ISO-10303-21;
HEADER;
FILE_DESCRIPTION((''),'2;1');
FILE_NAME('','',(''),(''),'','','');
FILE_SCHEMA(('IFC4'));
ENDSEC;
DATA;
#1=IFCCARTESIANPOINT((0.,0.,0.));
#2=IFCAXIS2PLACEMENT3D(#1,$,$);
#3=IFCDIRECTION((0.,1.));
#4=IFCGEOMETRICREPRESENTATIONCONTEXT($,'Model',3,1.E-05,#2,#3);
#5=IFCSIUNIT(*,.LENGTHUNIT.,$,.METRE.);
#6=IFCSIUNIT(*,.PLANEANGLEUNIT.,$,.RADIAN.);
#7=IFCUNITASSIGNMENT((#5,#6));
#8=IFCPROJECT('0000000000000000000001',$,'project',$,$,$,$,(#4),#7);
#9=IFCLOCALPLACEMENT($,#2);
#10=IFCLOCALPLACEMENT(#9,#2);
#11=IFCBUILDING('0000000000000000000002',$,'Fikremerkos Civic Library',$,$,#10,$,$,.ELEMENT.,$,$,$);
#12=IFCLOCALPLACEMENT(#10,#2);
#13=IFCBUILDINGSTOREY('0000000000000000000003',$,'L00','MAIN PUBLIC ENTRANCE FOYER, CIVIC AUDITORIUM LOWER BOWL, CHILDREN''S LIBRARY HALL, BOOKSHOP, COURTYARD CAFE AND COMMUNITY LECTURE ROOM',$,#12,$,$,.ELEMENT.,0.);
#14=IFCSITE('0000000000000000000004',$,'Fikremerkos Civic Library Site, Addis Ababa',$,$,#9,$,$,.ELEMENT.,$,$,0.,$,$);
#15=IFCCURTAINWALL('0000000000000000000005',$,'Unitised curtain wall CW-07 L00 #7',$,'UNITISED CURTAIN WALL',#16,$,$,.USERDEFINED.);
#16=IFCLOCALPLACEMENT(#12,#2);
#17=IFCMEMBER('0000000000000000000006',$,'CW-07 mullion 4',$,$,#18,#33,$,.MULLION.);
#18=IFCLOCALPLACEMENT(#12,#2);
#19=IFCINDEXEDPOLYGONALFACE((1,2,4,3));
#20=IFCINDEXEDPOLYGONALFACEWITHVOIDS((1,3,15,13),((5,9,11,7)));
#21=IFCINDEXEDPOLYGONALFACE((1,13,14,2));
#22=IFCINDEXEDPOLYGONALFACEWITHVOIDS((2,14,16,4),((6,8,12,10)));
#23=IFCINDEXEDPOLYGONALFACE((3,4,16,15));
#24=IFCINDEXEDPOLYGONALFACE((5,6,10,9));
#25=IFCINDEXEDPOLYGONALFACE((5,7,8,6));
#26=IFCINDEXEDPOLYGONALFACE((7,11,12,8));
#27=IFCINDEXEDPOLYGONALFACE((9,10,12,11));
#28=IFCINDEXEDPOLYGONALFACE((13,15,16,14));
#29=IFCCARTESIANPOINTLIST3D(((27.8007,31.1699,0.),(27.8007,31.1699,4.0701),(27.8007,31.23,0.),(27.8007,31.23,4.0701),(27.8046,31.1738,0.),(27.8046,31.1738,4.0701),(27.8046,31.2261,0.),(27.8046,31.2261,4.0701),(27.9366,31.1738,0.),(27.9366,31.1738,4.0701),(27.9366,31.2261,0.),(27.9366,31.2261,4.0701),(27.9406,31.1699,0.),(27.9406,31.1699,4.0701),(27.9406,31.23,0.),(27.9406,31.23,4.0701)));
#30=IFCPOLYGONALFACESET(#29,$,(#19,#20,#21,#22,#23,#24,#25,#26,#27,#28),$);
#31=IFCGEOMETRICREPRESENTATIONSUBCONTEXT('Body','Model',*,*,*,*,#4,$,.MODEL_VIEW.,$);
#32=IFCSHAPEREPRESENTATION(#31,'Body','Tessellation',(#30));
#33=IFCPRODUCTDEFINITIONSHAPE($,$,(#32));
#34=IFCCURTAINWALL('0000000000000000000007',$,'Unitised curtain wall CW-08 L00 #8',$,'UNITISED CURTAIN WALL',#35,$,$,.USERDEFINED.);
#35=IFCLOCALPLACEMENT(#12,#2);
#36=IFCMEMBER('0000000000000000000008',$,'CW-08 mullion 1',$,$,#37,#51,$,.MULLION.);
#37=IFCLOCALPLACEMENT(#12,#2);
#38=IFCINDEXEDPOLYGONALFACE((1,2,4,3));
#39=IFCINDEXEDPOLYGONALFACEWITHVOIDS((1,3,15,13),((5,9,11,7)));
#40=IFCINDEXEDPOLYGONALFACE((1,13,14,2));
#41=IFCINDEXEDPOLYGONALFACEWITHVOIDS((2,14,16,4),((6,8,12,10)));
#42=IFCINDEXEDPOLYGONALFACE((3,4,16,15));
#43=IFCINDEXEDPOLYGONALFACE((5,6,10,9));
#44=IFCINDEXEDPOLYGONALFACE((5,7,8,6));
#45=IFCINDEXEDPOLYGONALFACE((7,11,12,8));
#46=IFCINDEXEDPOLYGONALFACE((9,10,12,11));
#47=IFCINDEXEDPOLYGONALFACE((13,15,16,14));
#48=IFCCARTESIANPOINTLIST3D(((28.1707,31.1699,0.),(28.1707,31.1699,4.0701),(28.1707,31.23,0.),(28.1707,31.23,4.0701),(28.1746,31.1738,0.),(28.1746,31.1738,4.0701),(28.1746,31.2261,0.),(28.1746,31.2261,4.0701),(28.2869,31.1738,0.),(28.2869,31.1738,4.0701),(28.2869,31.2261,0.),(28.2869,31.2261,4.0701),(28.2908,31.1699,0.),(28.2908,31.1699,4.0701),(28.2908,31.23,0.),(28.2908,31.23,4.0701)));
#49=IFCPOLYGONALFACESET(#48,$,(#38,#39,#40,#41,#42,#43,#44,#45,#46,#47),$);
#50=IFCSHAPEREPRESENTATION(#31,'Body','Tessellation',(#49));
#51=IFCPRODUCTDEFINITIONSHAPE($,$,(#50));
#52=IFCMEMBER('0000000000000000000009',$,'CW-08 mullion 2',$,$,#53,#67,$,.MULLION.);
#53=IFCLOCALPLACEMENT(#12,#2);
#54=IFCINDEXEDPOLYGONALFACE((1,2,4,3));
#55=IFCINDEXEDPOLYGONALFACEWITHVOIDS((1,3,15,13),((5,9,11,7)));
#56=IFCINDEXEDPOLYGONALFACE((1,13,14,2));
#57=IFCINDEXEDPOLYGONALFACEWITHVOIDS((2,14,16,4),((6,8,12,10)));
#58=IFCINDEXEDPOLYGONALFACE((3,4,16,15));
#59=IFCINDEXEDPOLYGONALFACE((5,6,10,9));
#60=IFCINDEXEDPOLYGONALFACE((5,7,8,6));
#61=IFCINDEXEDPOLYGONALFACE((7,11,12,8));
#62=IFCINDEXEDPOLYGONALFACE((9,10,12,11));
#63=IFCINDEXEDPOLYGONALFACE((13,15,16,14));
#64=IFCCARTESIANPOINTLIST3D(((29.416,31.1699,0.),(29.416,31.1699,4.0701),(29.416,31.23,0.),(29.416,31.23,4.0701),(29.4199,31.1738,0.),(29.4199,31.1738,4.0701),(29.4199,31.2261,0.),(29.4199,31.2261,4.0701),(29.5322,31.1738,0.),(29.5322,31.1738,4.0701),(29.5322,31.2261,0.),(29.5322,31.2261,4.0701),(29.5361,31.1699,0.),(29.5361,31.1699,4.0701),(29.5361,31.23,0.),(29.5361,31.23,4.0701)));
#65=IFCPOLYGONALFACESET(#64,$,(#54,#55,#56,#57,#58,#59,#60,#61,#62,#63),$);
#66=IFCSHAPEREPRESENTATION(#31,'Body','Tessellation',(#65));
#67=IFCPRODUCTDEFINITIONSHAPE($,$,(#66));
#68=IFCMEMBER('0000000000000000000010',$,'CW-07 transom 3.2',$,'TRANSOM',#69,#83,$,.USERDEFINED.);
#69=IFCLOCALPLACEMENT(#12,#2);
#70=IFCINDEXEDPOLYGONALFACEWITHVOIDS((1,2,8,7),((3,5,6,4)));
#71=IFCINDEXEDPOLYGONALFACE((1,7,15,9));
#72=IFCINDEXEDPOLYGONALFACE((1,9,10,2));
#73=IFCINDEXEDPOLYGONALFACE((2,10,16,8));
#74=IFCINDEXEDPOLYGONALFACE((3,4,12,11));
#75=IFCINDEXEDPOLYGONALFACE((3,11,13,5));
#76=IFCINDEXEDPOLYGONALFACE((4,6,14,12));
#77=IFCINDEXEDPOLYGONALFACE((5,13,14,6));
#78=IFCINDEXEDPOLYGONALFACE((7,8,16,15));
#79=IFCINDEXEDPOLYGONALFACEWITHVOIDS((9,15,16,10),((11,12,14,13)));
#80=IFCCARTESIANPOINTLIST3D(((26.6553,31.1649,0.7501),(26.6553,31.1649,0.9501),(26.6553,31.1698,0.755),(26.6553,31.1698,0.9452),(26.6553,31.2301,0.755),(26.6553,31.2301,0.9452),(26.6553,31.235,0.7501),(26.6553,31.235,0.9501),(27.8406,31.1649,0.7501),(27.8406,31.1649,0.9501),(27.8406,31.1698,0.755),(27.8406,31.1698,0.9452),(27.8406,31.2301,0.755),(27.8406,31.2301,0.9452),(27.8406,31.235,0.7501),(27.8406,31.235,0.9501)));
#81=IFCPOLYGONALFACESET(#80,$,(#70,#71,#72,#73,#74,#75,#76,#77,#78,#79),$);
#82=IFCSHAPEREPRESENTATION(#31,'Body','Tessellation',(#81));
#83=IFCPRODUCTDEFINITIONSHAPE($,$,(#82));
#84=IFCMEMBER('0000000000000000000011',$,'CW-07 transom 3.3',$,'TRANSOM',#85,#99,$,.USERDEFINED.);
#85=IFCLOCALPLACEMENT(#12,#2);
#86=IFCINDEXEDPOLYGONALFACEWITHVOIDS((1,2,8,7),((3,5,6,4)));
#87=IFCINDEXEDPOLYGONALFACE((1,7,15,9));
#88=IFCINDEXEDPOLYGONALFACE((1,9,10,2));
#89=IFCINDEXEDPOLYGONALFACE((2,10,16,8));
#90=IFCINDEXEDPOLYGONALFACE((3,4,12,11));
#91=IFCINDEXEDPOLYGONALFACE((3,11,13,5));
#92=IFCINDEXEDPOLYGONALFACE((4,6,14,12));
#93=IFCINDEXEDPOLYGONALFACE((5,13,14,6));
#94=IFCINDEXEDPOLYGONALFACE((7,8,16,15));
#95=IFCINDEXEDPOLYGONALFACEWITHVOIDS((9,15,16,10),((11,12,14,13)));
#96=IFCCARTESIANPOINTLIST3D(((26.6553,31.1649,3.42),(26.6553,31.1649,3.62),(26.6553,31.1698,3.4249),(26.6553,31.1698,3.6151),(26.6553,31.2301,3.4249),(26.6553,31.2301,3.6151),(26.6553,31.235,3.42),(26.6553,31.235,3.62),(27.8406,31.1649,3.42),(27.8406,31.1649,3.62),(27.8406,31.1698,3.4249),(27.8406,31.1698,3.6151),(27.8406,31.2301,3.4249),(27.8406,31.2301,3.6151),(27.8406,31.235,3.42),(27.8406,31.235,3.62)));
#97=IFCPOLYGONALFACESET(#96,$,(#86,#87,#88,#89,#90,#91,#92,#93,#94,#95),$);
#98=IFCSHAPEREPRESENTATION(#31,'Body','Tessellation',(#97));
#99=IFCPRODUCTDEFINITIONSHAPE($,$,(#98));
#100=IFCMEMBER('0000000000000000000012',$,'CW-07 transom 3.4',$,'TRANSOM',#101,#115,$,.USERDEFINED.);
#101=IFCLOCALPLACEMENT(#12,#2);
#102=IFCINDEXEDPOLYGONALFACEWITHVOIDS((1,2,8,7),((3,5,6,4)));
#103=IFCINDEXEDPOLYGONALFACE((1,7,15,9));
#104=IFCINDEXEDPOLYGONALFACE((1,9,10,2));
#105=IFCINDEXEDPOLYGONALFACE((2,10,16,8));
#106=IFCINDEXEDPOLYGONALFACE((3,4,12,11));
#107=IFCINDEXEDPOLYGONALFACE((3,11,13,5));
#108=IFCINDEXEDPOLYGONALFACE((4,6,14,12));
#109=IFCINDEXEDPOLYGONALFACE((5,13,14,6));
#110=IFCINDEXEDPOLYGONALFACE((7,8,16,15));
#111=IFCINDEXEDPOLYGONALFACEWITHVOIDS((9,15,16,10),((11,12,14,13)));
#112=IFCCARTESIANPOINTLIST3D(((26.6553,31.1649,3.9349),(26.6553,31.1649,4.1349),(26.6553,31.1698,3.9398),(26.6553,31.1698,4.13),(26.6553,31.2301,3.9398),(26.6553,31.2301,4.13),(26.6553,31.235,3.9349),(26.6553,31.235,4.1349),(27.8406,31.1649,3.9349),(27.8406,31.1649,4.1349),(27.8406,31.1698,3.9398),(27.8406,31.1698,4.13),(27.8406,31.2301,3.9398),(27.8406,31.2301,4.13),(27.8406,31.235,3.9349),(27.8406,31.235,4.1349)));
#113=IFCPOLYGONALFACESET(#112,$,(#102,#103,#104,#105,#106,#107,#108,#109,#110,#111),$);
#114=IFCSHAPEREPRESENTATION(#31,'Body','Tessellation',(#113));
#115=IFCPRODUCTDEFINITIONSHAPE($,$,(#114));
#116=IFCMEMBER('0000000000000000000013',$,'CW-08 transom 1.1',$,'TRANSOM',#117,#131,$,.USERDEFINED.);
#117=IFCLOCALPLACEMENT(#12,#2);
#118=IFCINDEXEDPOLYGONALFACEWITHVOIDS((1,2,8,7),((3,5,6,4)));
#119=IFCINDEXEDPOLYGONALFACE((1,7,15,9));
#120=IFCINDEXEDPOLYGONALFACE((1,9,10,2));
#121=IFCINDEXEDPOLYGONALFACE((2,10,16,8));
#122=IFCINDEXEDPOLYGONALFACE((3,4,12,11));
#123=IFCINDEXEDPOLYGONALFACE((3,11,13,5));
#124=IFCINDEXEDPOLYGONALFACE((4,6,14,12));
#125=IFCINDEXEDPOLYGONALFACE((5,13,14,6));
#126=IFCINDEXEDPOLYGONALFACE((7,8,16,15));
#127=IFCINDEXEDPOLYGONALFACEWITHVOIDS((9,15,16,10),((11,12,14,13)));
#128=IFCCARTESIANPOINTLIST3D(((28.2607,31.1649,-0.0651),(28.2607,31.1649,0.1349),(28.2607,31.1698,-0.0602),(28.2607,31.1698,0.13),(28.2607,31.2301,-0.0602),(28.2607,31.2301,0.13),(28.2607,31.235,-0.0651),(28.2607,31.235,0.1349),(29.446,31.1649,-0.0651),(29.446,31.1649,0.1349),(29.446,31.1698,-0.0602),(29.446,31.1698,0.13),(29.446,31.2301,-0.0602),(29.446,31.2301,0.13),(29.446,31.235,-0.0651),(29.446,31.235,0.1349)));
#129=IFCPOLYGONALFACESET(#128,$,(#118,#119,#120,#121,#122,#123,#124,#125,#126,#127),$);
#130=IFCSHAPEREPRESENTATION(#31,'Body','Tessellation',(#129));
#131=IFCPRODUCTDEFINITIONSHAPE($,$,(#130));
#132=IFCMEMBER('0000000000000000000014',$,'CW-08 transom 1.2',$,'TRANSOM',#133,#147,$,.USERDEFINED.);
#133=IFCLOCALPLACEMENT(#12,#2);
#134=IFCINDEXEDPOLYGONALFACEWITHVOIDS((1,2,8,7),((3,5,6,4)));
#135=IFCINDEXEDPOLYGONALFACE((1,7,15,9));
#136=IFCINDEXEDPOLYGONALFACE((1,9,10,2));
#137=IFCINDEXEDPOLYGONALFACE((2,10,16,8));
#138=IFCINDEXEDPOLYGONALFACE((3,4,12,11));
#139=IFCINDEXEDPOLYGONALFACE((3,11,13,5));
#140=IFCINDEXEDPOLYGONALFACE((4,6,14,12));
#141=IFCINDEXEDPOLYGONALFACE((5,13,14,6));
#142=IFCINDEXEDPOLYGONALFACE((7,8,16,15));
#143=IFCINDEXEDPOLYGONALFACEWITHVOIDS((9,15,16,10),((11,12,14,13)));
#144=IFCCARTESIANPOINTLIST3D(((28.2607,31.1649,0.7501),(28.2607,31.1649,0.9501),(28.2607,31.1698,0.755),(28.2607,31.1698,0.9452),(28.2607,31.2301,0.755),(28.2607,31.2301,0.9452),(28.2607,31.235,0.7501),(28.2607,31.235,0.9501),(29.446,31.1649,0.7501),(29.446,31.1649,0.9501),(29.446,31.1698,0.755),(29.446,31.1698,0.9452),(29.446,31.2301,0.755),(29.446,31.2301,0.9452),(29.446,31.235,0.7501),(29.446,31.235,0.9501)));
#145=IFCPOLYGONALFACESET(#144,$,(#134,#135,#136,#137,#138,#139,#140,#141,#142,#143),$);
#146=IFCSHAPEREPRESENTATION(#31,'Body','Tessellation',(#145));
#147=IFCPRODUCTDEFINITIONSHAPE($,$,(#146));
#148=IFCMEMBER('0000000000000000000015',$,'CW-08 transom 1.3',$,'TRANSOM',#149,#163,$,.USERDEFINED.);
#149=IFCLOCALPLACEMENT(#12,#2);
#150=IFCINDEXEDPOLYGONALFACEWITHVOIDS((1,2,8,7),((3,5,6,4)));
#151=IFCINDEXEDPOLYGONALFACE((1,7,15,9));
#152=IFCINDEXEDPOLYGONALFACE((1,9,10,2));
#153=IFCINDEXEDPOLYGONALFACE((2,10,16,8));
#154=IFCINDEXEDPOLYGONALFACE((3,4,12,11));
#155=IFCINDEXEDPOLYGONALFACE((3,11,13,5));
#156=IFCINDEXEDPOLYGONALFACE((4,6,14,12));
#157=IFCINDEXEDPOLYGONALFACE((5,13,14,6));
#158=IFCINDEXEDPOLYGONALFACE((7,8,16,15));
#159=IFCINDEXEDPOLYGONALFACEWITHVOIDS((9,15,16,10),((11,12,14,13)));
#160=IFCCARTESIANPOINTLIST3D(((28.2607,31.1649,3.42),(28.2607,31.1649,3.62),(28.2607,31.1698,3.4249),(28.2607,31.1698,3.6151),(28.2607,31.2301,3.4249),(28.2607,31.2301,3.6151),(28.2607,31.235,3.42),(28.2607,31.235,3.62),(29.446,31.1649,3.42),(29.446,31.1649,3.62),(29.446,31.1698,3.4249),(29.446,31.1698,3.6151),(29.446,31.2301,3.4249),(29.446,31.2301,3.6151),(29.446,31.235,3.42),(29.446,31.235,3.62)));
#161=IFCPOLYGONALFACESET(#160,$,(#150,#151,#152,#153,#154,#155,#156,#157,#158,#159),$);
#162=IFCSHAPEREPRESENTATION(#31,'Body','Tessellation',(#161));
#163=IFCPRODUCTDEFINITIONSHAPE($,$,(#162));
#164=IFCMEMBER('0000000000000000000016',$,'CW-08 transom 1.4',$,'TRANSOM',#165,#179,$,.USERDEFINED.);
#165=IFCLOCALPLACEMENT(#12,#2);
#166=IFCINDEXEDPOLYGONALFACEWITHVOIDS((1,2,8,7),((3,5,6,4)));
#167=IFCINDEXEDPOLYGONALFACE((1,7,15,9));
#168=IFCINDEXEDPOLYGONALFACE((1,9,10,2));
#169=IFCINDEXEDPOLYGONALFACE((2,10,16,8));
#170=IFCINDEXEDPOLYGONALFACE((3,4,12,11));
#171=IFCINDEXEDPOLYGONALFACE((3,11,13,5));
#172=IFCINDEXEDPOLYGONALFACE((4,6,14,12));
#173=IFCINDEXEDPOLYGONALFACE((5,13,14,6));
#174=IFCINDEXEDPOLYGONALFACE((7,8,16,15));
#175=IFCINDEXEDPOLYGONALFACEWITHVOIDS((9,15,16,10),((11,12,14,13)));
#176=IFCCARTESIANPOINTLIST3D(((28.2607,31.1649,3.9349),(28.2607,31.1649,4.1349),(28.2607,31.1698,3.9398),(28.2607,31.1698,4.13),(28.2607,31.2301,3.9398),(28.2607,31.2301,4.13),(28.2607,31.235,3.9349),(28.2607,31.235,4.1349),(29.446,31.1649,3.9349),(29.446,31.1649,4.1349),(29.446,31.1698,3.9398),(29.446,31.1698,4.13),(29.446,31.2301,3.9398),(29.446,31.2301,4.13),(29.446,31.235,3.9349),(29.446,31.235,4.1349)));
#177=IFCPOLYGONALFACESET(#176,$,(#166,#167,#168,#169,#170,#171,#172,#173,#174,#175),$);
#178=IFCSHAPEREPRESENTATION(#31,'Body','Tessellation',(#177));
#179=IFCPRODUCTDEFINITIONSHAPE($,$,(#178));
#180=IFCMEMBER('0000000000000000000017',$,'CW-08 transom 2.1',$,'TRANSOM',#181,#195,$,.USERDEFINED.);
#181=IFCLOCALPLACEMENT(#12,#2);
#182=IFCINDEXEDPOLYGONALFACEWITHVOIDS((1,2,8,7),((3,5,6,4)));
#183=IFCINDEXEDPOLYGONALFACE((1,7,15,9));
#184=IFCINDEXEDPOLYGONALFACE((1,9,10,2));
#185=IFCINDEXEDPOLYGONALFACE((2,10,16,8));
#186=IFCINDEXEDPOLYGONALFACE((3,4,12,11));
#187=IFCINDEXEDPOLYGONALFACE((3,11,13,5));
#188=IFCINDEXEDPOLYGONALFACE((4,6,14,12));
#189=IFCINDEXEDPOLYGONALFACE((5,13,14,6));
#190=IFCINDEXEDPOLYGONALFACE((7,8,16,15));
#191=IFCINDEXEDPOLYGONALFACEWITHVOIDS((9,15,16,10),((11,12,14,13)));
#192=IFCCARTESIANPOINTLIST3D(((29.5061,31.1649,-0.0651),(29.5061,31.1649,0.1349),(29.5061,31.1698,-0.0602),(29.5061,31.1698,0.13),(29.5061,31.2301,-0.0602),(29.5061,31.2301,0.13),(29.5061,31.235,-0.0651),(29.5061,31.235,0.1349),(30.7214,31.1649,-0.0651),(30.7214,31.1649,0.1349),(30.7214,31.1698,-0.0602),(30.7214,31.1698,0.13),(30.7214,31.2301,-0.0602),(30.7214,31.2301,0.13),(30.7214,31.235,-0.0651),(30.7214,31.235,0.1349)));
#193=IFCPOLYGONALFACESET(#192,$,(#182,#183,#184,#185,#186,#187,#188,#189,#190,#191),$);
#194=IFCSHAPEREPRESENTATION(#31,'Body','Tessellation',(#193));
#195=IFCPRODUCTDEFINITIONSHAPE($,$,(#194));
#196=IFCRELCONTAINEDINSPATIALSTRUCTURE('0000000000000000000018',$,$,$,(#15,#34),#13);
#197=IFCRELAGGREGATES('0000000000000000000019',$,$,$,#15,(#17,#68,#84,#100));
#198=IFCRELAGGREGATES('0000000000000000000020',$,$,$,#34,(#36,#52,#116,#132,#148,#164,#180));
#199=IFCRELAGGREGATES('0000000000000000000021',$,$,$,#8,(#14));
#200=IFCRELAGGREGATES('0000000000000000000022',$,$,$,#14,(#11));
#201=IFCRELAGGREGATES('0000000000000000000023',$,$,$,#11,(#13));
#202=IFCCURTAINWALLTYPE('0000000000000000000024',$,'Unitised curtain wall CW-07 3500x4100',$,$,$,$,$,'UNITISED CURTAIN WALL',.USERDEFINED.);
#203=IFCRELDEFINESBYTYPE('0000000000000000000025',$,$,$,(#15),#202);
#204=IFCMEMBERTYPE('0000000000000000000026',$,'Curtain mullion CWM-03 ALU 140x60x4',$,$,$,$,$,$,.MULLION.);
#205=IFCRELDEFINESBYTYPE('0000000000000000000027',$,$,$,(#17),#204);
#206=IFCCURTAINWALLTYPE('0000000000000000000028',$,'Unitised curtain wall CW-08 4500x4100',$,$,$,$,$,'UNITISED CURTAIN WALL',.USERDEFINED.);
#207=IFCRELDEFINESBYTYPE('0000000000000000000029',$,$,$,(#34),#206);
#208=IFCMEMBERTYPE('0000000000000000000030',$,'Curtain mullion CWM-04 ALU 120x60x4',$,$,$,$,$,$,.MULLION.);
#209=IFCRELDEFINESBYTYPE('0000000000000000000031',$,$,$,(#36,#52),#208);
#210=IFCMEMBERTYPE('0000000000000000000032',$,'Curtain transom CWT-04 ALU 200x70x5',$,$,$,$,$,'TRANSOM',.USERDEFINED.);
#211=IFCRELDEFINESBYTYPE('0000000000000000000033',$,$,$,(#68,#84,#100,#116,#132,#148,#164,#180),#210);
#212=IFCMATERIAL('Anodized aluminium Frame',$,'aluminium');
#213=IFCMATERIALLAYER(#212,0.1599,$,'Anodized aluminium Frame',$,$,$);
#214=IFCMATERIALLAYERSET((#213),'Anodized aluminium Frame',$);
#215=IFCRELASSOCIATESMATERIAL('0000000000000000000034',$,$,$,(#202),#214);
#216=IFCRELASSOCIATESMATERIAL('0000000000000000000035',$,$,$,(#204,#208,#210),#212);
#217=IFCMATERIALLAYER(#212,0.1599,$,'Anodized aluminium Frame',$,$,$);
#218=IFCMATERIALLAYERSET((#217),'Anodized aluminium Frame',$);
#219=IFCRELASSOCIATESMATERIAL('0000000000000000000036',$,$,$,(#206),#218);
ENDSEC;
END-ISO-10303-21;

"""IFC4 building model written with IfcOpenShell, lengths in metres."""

from ifc_helpers import new_model, si_unit, direction, frame, origin, origin_2d, place, context, subcontext, project, spatial, hollow_rectangle, extrude, material, layer, layer_set, material_profile, profile_set, type_object, element, aggregate, save


model = new_model("IFC4")

# Units and contexts
model_context = context("Model", 3, precision=1e-05, world=origin(), true_north=direction((0.0, 1.0)))
body_context = subcontext(model_context, "Body", "Model", "MODEL_VIEW")
ifc_project = project(units=[si_unit("LENGTHUNIT", "METRE"), si_unit("PLANEANGLEUNIT", "RADIAN")], contexts=[model_context])

# Site, building, storey
site_placement = place(None, origin())
site = spatial("IfcSite", under=ifc_project, at=site_placement, Name="Fikremerkos Civic Library Site, Addis Ababa", CompositionType="ELEMENT", RefElevation=0.0)
building_placement = place(site_placement, origin())
building = spatial("IfcBuilding", under=site, at=building_placement, Name="Fikremerkos Civic Library", CompositionType="ELEMENT")
storey_placement = place(building_placement, origin())
storey = spatial("IfcBuildingStorey", under=building, at=storey_placement, Name="L00", Description="MAIN PUBLIC ENTRANCE FOYER, CIVIC AUDITORIUM LOWER BOWL, CHILDREN'S LIBRARY HALL, BOOKSHOP, COURTYARD CAFE AND COMMUNITY LECTURE ROOM", CompositionType="ELEMENT", Elevation=0.0)

# Curtain wall, member
ifc_material_1 = material(Name="Anodized aluminium Frame", Category="aluminium")
ifc_layer_1 = layer(ifc_material_1, 0.1599, Name="Anodized aluminium Frame")
ifc_layer_set_1 = layer_set([ifc_layer_1], Name="Anodized aluminium Frame")
curtain_wall_type_1 = type_object("IfcCurtainWallType", Name="Unitised curtain wall CW-07 3500x4100", ElementType="UNITISED CURTAIN WALL", PredefinedType="USERDEFINED", material=ifc_layer_set_1)
curtain_wall_1_placement = place(storey_placement, origin())
curtain_wall_1 = element("IfcCurtainWall", 1, at=curtain_wall_1_placement, inside=storey, type_object=curtain_wall_type_1, Name="Unitised curtain wall CW-07 L00 #7", ObjectType="UNITISED CURTAIN WALL", PredefinedType="USERDEFINED")
ifc_material_profile_1 = material_profile(ifc_material_1, hollow_rectangle(XDim=0.0601, YDim=0.1399, WallThickness=0.0039, at=origin_2d()), Name="ALU 140x60x4")
ifc_profile_set_1 = profile_set([ifc_material_profile_1], Name="Anodized aluminium Frame")
member_type_1 = type_object("IfcMemberType", Name="Curtain mullion CWM-03 ALU 140x60x4", PredefinedType="MULLION", material=ifc_profile_set_1)
member_1_placement = place(storey_placement, frame((27.8706, 31.2, 0.0), z_axis=(0.0, 0.0, 1.0), x_axis=(0.0, 1.0, 0.0)))
member_1 = element("IfcMember", 2, at=member_1_placement, type_object=member_type_1, Name="CW-07 mullion 4", PredefinedType="MULLION", context=body_context, shape_type="SweptSolid", body=[
    extrude(hollow_rectangle(XDim=0.0601, YDim=0.1399, WallThickness=0.0039, at=origin_2d()), origin(), (0.0, 0.0, 1.0), 4.0701),
])

# Curtain wall, members
ifc_layer_2 = layer(ifc_material_1, 0.1599, Name="Anodized aluminium Frame")
ifc_layer_set_2 = layer_set([ifc_layer_2], Name="Anodized aluminium Frame")
curtain_wall_type_2 = type_object("IfcCurtainWallType", Name="Unitised curtain wall CW-08 4500x4100", ElementType="UNITISED CURTAIN WALL", PredefinedType="USERDEFINED", material=ifc_layer_set_2)
curtain_wall_2_placement = place(storey_placement, origin())
curtain_wall_2 = element("IfcCurtainWall", 3, at=curtain_wall_2_placement, inside=storey, type_object=curtain_wall_type_2, Name="Unitised curtain wall CW-08 L00 #8", ObjectType="UNITISED CURTAIN WALL", PredefinedType="USERDEFINED")
ifc_material_profile_2 = material_profile(ifc_material_1, hollow_rectangle(XDim=0.0601, YDim=0.1201, WallThickness=0.0039, at=origin_2d()), Name="ALU 120x60x4")
ifc_profile_set_2 = profile_set([ifc_material_profile_2], Name="Anodized aluminium Frame")
member_type_2 = type_object("IfcMemberType", Name="Curtain mullion CWM-04 ALU 120x60x4", PredefinedType="MULLION", material=ifc_profile_set_2)
member_2_placement = place(storey_placement, frame((28.2307, 31.2, 0.0), z_axis=(0.0, 0.0, 1.0), x_axis=(0.0, 1.0, 0.0)))
member_2 = element("IfcMember", 4, at=member_2_placement, type_object=member_type_2, Name="CW-08 mullion 1", PredefinedType="MULLION", context=body_context, shape_type="SweptSolid", body=[
    extrude(hollow_rectangle(XDim=0.0601, YDim=0.1201, WallThickness=0.0039, at=origin_2d()), origin(), (0.0, 0.0, 1.0), 4.0701),
])
member_3_placement = place(storey_placement, frame((29.4761, 31.2, 0.0), z_axis=(0.0, 0.0, 1.0), x_axis=(0.0, 1.0, 0.0)))
member_3 = element("IfcMember", 5, at=member_3_placement, type_object=member_type_2, Name="CW-08 mullion 2", PredefinedType="MULLION", context=body_context, shape_type="SweptSolid", body=[
    extrude(hollow_rectangle(XDim=0.0601, YDim=0.1201, WallThickness=0.0039, at=origin_2d()), origin(), (0.0, 0.0, 1.0), 4.0701),
])

# Members
ifc_material_profile_3 = material_profile(ifc_material_1, hollow_rectangle(XDim=0.0701, YDim=0.2, WallThickness=0.0049, at=origin_2d()), Name="ALU 200x70x5")
ifc_profile_set_3 = profile_set([ifc_material_profile_3], Name="Anodized aluminium Frame")
member_type_3 = type_object("IfcMemberType", Name="Curtain transom CWT-04 ALU 200x70x5", ElementType="TRANSOM", PredefinedType="USERDEFINED", material=ifc_profile_set_3)
member_4_placement = place(storey_placement, frame((26.6553, 31.2, 0.8501), z_axis=(1.0, 0.0, 0.0), x_axis=(0.0, 1.0, 0.0)))
member_4 = element("IfcMember", 6, at=member_4_placement, type_object=member_type_3, Name="CW-07 transom 3.2", ObjectType="TRANSOM", PredefinedType="USERDEFINED", context=body_context, shape_type="SweptSolid", body=[
    extrude(hollow_rectangle(XDim=0.0701, YDim=0.2, WallThickness=0.0049, at=origin_2d()), origin(), (0.0, 0.0, 1.0), 1.1853),
])
member_5_placement = place(storey_placement, frame((26.6553, 31.2, 3.52), z_axis=(1.0, 0.0, 0.0), x_axis=(0.0, 1.0, 0.0)))
member_5 = element("IfcMember", 7, at=member_5_placement, type_object=member_type_3, Name="CW-07 transom 3.3", ObjectType="TRANSOM", PredefinedType="USERDEFINED", context=body_context, shape_type="SweptSolid", body=[
    extrude(hollow_rectangle(XDim=0.0701, YDim=0.2, WallThickness=0.0049, at=origin_2d()), origin(), (0.0, 0.0, 1.0), 1.1853),
])
member_6_placement = place(storey_placement, frame((26.6553, 31.2, 4.0349), z_axis=(1.0, 0.0, 0.0), x_axis=(0.0, 1.0, 0.0)))
member_6 = element("IfcMember", 8, at=member_6_placement, type_object=member_type_3, Name="CW-07 transom 3.4", ObjectType="TRANSOM", PredefinedType="USERDEFINED", context=body_context, shape_type="SweptSolid", body=[
    extrude(hollow_rectangle(XDim=0.0701, YDim=0.2, WallThickness=0.0049, at=origin_2d()), origin(), (0.0, 0.0, 1.0), 1.1853),
])
member_7_placement = place(storey_placement, frame((28.2607, 31.2, 0.0349), z_axis=(1.0, 0.0, 0.0), x_axis=(0.0, 1.0, 0.0)))
member_7 = element("IfcMember", 9, at=member_7_placement, type_object=member_type_3, Name="CW-08 transom 1.1", ObjectType="TRANSOM", PredefinedType="USERDEFINED", context=body_context, shape_type="SweptSolid", body=[
    extrude(hollow_rectangle(XDim=0.0701, YDim=0.2, WallThickness=0.0049, at=origin_2d()), origin(), (0.0, 0.0, 1.0), 1.1853),
])
member_8_placement = place(storey_placement, frame((28.2607, 31.2, 0.8501), z_axis=(1.0, 0.0, 0.0), x_axis=(0.0, 1.0, 0.0)))
member_8 = element("IfcMember", 10, at=member_8_placement, type_object=member_type_3, Name="CW-08 transom 1.2", ObjectType="TRANSOM", PredefinedType="USERDEFINED", context=body_context, shape_type="SweptSolid", body=[
    extrude(hollow_rectangle(XDim=0.0701, YDim=0.2, WallThickness=0.0049, at=origin_2d()), origin(), (0.0, 0.0, 1.0), 1.1853),
])
member_9_placement = place(storey_placement, frame((28.2607, 31.2, 3.52), z_axis=(1.0, 0.0, 0.0), x_axis=(0.0, 1.0, 0.0)))
member_9 = element("IfcMember", 11, at=member_9_placement, type_object=member_type_3, Name="CW-08 transom 1.3", ObjectType="TRANSOM", PredefinedType="USERDEFINED", context=body_context, shape_type="SweptSolid", body=[
    extrude(hollow_rectangle(XDim=0.0701, YDim=0.2, WallThickness=0.0049, at=origin_2d()), origin(), (0.0, 0.0, 1.0), 1.1853),
])
member_10_placement = place(storey_placement, frame((28.2607, 31.2, 4.0349), z_axis=(1.0, 0.0, 0.0), x_axis=(0.0, 1.0, 0.0)))
member_10 = element("IfcMember", 12, at=member_10_placement, type_object=member_type_3, Name="CW-08 transom 1.4", ObjectType="TRANSOM", PredefinedType="USERDEFINED", context=body_context, shape_type="SweptSolid", body=[
    extrude(hollow_rectangle(XDim=0.0701, YDim=0.2, WallThickness=0.0049, at=origin_2d()), origin(), (0.0, 0.0, 1.0), 1.1853),
])
member_11_placement = place(storey_placement, frame((29.5061, 31.2, 0.0349), z_axis=(1.0, 0.0, 0.0), x_axis=(0.0, 1.0, 0.0)))
member_11 = element("IfcMember", 13, at=member_11_placement, type_object=member_type_3, Name="CW-08 transom 2.1", ObjectType="TRANSOM", PredefinedType="USERDEFINED", context=body_context, shape_type="SweptSolid", body=[
    extrude(hollow_rectangle(XDim=0.0701, YDim=0.2, WallThickness=0.0049, at=origin_2d()), origin(), (0.0, 0.0, 1.0), 1.2153),
])

aggregate(curtain_wall_1, [member_1, member_4, member_5, member_6])
aggregate(curtain_wall_2, [member_2, member_3, member_7, member_8, member_9, member_10, member_11])

save(model, "model.ifc")
